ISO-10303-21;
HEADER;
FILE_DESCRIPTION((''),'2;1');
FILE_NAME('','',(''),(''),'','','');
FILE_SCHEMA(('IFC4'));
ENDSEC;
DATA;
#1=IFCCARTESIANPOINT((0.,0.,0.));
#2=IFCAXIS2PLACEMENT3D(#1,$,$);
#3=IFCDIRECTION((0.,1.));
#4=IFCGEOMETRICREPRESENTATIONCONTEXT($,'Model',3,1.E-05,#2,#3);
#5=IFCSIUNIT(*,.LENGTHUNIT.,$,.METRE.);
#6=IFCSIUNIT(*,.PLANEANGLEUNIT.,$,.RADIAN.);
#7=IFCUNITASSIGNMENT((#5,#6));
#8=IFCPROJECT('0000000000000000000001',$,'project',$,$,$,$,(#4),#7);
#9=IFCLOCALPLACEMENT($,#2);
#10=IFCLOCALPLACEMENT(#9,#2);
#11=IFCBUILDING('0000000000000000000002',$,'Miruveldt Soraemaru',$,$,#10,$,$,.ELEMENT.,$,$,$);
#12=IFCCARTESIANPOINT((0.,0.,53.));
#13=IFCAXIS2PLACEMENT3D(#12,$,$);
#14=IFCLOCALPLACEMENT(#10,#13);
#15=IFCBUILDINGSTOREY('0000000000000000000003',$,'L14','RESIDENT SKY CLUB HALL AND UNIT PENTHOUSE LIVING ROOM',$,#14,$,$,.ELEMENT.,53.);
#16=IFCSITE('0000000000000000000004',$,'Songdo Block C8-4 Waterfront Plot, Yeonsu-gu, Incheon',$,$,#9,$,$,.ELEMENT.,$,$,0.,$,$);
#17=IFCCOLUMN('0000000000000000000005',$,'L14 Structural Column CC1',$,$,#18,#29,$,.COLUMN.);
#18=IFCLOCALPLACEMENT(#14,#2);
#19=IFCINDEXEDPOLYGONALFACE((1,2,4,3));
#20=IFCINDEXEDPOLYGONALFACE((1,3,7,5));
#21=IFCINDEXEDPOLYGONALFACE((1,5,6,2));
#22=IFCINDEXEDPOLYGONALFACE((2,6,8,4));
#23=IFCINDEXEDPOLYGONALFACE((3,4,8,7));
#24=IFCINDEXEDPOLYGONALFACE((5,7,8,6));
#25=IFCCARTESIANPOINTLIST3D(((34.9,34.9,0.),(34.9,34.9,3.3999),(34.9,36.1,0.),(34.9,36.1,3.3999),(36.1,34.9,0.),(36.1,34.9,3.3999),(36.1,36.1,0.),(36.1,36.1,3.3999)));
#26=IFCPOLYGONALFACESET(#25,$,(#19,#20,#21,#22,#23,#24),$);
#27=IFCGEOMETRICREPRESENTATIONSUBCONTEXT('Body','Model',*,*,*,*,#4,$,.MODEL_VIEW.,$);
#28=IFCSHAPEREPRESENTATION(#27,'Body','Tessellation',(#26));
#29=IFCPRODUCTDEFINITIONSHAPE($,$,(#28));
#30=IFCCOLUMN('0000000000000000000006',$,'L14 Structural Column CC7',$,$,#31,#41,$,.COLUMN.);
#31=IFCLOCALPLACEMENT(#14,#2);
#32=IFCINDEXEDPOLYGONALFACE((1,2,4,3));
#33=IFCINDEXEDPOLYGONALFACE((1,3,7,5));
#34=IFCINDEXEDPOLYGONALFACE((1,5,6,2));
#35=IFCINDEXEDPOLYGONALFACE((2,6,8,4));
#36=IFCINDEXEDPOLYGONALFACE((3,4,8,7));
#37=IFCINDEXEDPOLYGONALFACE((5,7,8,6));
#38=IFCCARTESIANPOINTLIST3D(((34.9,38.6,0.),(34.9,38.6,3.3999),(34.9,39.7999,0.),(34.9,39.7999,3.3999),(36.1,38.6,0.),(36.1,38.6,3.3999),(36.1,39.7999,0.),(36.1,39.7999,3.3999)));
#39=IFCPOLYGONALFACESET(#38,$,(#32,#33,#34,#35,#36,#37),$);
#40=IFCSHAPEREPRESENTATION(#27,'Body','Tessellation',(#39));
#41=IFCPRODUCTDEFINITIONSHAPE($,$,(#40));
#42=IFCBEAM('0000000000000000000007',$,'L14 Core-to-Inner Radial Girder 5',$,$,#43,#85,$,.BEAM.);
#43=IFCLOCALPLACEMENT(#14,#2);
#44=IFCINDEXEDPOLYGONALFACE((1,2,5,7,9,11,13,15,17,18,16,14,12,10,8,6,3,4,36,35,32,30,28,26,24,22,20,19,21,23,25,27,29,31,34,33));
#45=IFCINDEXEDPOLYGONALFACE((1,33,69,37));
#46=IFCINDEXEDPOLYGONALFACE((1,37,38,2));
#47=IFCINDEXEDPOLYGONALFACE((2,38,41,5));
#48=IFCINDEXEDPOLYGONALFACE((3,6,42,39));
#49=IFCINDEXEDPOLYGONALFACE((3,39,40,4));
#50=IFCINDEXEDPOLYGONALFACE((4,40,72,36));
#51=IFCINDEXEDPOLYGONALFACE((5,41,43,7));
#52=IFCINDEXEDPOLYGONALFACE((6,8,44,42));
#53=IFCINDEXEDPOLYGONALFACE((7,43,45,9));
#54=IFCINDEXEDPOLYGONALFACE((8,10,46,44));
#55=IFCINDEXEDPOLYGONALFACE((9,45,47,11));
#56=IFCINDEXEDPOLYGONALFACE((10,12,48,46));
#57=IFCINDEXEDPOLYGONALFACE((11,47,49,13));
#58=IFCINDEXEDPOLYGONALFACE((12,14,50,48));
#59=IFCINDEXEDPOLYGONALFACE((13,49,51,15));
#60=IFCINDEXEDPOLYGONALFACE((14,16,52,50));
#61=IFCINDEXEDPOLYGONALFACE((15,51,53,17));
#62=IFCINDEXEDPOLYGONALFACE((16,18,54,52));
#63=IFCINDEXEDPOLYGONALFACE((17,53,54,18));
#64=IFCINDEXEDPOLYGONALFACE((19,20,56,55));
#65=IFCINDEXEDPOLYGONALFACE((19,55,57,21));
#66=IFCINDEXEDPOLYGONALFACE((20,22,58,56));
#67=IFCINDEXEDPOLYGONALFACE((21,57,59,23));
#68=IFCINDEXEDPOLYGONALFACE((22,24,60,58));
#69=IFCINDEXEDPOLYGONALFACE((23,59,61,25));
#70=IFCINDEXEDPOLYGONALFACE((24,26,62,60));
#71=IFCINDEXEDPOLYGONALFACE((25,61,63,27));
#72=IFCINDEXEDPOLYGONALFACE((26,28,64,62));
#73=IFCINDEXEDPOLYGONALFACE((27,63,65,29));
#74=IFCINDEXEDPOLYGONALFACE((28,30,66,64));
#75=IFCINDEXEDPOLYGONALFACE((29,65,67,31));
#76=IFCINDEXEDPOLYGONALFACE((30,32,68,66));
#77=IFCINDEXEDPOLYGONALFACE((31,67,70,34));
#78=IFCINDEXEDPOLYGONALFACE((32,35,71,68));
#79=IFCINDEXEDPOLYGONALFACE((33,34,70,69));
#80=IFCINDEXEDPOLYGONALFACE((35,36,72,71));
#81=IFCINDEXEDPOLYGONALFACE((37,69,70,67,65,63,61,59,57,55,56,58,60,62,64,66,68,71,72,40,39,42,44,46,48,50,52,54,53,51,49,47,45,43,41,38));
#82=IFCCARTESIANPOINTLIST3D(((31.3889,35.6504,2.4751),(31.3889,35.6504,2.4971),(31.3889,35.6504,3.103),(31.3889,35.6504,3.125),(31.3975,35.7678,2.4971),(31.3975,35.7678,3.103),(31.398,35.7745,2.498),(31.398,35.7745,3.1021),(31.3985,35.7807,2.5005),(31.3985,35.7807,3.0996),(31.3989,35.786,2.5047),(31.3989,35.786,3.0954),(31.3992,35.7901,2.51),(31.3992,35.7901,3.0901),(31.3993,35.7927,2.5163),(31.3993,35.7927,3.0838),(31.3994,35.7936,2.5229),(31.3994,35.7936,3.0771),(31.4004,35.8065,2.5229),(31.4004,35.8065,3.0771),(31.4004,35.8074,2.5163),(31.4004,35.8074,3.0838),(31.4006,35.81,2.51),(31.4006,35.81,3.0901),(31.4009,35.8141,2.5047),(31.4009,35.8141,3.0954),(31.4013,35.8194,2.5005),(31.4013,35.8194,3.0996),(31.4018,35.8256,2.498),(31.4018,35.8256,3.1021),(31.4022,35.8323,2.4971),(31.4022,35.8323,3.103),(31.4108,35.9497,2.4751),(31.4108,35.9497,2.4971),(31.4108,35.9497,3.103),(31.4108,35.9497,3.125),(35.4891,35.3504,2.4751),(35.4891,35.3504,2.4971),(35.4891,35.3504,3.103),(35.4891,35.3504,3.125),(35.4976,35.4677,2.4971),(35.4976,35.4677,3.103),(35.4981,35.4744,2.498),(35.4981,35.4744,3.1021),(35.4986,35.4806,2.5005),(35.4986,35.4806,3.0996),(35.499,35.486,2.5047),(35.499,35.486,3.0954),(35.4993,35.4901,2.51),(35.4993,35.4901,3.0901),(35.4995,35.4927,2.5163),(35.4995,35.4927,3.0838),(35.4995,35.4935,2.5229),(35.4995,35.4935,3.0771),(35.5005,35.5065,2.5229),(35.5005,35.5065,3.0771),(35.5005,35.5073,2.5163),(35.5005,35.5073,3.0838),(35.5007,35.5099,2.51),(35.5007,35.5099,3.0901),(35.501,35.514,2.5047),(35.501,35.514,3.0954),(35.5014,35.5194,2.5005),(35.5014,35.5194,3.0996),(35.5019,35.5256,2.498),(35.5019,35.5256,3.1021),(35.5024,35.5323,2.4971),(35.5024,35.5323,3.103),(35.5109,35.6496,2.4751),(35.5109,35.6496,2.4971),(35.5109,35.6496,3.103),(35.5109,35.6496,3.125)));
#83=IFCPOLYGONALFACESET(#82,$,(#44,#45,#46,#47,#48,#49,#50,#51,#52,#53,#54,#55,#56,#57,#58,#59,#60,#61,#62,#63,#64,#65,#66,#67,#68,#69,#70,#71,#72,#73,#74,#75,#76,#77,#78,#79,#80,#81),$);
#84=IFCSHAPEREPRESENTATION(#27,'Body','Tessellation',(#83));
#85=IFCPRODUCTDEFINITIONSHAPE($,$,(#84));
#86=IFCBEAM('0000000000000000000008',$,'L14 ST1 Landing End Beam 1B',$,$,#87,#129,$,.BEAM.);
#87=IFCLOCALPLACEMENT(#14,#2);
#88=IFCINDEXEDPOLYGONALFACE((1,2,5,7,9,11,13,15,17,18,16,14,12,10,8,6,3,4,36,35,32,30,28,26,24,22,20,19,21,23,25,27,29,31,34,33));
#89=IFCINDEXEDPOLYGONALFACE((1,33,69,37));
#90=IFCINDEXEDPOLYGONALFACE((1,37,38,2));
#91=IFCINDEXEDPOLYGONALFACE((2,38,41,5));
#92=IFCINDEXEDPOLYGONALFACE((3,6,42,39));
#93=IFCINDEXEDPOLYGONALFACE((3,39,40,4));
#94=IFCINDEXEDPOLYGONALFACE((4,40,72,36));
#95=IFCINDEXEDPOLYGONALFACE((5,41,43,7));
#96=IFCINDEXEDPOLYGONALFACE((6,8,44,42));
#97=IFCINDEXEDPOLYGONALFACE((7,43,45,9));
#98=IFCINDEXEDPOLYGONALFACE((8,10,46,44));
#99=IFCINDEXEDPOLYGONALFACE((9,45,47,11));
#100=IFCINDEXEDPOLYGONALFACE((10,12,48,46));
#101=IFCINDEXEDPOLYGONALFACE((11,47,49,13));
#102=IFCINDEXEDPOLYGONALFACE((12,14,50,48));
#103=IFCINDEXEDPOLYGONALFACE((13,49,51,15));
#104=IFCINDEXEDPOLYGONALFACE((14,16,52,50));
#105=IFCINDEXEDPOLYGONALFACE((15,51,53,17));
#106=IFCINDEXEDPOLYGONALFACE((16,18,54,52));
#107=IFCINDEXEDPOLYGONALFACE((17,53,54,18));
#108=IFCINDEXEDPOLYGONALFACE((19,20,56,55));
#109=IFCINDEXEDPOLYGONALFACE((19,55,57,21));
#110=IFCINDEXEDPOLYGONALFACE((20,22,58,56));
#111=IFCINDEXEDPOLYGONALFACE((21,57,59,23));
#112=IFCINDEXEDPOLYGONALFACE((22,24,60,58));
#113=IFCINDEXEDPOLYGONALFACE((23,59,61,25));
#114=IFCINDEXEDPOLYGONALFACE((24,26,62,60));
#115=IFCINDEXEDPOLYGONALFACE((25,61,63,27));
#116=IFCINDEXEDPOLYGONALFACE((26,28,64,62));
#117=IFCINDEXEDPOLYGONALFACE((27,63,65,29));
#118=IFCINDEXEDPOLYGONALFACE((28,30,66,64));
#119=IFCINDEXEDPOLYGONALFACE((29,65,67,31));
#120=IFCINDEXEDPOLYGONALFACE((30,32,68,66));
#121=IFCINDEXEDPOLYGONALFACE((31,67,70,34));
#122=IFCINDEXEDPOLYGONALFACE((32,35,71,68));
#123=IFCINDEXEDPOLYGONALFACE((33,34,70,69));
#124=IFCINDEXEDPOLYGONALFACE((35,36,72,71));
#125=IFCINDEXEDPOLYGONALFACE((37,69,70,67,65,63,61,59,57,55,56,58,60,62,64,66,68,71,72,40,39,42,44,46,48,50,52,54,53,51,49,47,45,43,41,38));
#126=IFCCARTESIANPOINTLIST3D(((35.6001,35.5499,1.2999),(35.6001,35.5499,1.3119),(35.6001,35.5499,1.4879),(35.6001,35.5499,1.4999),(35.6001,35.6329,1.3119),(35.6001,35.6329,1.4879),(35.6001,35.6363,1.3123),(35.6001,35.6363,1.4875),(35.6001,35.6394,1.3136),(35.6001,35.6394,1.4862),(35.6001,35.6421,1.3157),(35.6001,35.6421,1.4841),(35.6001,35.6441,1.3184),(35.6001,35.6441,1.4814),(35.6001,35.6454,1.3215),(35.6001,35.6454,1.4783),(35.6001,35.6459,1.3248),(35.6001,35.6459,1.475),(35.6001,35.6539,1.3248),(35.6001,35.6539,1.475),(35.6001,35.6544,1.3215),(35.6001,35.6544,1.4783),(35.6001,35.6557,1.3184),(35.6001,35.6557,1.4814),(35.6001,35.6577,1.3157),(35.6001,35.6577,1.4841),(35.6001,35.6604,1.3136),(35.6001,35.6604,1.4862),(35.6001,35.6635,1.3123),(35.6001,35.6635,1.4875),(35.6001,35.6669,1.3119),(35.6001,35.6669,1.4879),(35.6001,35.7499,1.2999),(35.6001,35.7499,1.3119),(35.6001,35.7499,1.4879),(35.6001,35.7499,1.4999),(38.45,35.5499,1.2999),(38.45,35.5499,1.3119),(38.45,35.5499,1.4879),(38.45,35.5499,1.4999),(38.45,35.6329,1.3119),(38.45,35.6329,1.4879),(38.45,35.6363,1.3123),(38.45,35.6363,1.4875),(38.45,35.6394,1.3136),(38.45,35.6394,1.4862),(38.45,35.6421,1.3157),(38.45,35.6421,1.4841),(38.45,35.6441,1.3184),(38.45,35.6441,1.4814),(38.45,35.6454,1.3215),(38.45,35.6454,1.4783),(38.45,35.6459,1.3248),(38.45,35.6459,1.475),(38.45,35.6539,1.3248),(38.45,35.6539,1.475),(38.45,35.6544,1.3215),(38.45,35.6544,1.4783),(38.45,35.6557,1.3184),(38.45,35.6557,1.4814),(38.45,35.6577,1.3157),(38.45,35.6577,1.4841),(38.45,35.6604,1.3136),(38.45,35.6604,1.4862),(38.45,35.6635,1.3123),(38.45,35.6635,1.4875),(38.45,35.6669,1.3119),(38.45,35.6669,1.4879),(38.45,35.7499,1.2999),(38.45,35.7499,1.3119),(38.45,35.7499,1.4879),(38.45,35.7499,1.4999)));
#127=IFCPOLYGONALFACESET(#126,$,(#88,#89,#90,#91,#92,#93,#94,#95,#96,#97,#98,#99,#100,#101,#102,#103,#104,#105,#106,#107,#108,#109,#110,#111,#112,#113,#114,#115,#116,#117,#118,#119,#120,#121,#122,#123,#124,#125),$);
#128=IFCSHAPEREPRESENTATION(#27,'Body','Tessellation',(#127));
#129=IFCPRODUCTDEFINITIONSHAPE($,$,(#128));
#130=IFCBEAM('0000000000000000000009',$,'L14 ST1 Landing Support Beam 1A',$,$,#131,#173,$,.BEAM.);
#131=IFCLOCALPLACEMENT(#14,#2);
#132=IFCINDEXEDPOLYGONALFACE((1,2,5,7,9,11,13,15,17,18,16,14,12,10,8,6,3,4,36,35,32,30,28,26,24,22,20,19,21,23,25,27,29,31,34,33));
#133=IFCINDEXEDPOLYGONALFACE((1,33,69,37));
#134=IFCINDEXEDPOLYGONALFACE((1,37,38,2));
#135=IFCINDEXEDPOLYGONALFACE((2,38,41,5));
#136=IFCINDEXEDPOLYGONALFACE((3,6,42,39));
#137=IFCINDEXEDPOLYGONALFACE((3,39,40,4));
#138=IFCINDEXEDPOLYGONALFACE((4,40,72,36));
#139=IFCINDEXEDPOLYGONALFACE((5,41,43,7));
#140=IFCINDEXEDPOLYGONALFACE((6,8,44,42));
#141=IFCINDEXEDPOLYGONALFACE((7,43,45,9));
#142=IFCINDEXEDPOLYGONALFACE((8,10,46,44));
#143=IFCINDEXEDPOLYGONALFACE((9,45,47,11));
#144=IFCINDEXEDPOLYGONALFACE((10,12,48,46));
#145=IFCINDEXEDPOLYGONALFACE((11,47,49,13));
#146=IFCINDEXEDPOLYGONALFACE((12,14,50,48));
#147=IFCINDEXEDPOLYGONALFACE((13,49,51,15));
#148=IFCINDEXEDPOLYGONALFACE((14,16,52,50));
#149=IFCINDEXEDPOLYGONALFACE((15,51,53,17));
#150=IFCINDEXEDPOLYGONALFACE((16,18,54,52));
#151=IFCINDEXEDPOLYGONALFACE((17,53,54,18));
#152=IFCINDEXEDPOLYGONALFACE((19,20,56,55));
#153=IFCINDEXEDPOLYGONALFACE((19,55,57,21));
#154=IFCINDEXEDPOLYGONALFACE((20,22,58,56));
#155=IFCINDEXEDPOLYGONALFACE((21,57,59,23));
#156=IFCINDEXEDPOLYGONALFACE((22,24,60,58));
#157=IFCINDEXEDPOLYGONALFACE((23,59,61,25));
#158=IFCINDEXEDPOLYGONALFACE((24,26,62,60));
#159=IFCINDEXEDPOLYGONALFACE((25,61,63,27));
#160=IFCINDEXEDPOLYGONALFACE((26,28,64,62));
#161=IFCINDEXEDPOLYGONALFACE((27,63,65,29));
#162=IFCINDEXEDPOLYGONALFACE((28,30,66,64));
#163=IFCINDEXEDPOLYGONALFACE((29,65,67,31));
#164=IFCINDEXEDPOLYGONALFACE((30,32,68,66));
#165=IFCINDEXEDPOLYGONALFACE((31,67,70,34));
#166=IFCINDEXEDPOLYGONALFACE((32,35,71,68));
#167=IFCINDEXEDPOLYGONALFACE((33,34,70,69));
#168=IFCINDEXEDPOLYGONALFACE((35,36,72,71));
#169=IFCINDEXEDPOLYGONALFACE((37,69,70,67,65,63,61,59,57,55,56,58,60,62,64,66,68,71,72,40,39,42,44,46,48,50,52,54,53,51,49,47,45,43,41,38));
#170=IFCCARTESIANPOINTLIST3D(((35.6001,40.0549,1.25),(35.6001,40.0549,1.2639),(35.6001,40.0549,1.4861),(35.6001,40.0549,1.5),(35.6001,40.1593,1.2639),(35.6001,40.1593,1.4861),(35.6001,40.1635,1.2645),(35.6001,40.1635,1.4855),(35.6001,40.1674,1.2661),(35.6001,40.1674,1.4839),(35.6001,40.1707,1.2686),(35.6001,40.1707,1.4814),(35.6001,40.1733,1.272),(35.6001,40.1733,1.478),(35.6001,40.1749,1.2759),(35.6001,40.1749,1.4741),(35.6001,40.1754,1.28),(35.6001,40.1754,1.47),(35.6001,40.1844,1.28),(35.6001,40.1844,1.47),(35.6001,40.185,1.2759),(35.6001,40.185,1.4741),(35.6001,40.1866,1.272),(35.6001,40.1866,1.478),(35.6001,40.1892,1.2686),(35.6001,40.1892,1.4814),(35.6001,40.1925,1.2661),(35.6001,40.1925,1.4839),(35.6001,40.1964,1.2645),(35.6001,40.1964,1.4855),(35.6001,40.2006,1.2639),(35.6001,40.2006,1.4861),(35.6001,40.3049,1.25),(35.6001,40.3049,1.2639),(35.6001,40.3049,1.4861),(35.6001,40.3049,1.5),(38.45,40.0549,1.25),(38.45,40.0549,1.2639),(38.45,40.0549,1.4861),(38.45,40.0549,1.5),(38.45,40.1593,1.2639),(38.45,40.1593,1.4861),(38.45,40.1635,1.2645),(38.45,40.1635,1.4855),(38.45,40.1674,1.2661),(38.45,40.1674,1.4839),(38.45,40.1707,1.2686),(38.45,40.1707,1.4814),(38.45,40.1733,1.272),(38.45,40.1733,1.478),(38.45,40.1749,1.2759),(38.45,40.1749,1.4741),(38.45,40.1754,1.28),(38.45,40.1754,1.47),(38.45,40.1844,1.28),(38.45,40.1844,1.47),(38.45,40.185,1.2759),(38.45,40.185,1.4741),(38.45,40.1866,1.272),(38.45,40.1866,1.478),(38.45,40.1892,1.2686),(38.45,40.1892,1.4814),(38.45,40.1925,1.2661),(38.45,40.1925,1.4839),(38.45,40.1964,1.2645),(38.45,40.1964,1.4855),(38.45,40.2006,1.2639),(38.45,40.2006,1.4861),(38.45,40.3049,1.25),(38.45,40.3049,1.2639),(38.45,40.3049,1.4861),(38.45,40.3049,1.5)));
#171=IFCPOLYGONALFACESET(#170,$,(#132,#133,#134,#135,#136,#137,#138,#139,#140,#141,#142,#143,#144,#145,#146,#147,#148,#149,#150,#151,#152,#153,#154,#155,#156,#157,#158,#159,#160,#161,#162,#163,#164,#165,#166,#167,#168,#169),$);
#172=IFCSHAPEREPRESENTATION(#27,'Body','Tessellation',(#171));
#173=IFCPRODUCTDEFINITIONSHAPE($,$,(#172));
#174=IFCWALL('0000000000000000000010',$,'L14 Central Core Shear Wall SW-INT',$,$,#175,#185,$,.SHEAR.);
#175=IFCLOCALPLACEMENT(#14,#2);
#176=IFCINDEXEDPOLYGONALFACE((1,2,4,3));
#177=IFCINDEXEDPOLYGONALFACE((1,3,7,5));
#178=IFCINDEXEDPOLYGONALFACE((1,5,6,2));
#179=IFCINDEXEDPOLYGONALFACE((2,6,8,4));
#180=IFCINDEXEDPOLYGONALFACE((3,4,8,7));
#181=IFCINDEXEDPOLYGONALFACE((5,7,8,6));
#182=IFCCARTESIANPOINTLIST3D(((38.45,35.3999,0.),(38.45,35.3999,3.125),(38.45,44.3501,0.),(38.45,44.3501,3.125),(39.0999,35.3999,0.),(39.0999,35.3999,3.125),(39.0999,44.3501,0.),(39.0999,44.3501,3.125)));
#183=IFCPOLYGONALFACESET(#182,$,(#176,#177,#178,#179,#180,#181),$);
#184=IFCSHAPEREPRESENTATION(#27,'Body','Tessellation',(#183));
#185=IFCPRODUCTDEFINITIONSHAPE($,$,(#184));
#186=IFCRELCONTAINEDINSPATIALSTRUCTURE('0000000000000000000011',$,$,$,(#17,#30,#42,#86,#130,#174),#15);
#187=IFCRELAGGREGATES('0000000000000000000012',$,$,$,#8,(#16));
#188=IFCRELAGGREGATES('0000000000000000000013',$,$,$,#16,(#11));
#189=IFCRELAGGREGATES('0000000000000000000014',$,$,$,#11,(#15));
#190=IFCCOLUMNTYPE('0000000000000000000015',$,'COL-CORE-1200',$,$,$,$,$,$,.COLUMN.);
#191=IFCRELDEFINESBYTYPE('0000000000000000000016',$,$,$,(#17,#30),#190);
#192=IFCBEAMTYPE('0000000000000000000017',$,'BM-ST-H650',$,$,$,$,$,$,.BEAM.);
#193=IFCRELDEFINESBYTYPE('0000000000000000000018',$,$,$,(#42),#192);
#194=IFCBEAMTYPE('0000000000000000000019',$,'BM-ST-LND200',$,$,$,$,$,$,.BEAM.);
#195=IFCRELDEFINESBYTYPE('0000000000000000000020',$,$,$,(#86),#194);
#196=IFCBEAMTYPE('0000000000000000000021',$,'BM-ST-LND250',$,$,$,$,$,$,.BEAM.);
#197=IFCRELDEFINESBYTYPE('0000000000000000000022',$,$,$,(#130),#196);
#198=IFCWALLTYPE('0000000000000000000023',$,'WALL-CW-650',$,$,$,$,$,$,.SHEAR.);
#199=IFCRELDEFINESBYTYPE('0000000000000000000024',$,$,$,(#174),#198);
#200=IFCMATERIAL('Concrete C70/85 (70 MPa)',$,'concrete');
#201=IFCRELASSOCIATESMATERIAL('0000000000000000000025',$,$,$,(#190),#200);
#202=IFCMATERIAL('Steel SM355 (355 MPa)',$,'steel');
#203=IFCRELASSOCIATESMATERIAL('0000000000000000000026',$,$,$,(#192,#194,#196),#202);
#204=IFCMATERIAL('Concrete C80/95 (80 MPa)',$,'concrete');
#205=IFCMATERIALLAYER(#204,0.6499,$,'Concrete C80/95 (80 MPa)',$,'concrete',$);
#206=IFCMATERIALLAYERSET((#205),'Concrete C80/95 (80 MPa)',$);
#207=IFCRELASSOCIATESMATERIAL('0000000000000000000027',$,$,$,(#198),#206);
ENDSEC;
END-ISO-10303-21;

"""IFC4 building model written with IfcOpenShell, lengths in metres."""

from ifc_helpers import new_model, si_unit, direction, frame, frame_2d, origin, origin_2d, place, context, subcontext, project, spatial, rectangle, i_section, extrude, material, layer, layer_set, material_profile, profile_set, type_object, element, save


model = new_model("IFC4")

# Units and contexts
model_context = context("Model", 3, precision=1e-05, world=origin(), true_north=direction((0.0, 1.0)))
body_context = subcontext(model_context, "Body", "Model", "MODEL_VIEW")
ifc_project = project(units=[si_unit("LENGTHUNIT", "METRE"), si_unit("PLANEANGLEUNIT", "RADIAN")], contexts=[model_context])

# Site, building, storey
site_placement = place(None, origin())
site = spatial("IfcSite", under=ifc_project, at=site_placement, Name="Songdo Block C8-4 Waterfront Plot, Yeonsu-gu, Incheon", CompositionType="ELEMENT", RefElevation=0.0)
building_placement = place(site_placement, origin())
building = spatial("IfcBuilding", under=site, at=building_placement, Name="Miruveldt Soraemaru", CompositionType="ELEMENT")
storey_placement = place(building_placement, frame((0.0, 0.0, 53.0)))
storey = spatial("IfcBuildingStorey", under=building, at=storey_placement, Name="L14", Description="RESIDENT SKY CLUB HALL AND UNIT PENTHOUSE LIVING ROOM", CompositionType="ELEMENT", Elevation=53.0)

# Columns
ifc_material_1 = material(Name="Concrete C70/85 (70 MPa)", Category="concrete")
ifc_material_profile_1 = material_profile(ifc_material_1, rectangle(XDim=1.2, YDim=1.2, at=origin_2d()), Name="Concrete C70/85 (70 MPa)", Category="concrete")
ifc_profile_set_1 = profile_set([ifc_material_profile_1], Name="Concrete C70/85 (70 MPa)")
column_type = type_object("IfcColumnType", Name="COL-CORE-1200", PredefinedType="COLUMN", material=ifc_profile_set_1)
for number, where, z_axis, x_axis, name in (
    (1, (35.5, 35.5, 0.0), (0.0, 0.0, 1.0), (1.0, 0.0, 0.0), "L14 Structural Column CC1"),
    (2, (35.5, 39.2, 0.0), (0.0, 0.0, 1.0), (1.0, 0.0, 0.0), "L14 Structural Column CC7"),
):
    element("IfcColumn", number, at=place(storey_placement, frame(where, z_axis=z_axis, x_axis=x_axis)), inside=storey, type_object=column_type, Name=name, PredefinedType="COLUMN", context=body_context, shape_type="SweptSolid", body=[
        extrude(rectangle(XDim=1.2, YDim=1.2, at=origin_2d()), origin(), (0.0, 0.0, 1.0), 3.3999),
    ])

# Beams
ifc_material_2 = material(Name="Steel SM355 (355 MPa)", Category="steel")
ifc_material_profile_2 = material_profile(ifc_material_2, i_section(OverallWidth=0.3, OverallDepth=0.6499, WebThickness=0.0129, FlangeThickness=0.022, FilletRadius=0.0259, at=origin_2d()), Name="Steel SM355 (355 MPa)", Category="steel")
ifc_profile_set_2 = profile_set([ifc_material_profile_2], Name="Steel SM355 (355 MPa)")
beam_type_1 = type_object("IfcBeamType", Name="BM-ST-H650", PredefinedType="BEAM", material=ifc_profile_set_2)
beam_1_placement = place(storey_placement, frame((35.5, 35.5, 2.8), z_axis=(-0.997333, 0.072986, 0.0), x_axis=(-0.072986, -0.997333, 0.0)))
element("IfcBeam", 3, at=beam_1_placement, inside=storey, type_object=beam_type_1, Name="L14 Core-to-Inner Radial Girder 5", PredefinedType="BEAM", context=body_context, shape_type="SweptSolid", body=[
    extrude(i_section(OverallWidth=0.3, OverallDepth=0.6499, WebThickness=0.0129, FlangeThickness=0.022, FilletRadius=0.0259, at=origin_2d()), origin(), (0.0, 0.0, 1.0), 4.1111),
])
ifc_material_profile_3 = material_profile(ifc_material_2, i_section(OverallWidth=0.2, OverallDepth=0.2, WebThickness=0.0081, FlangeThickness=0.012, FilletRadius=0.0129, at=origin_2d()), Name="Steel SM355 (355 MPa)", Category="steel")
ifc_profile_set_3 = profile_set([ifc_material_profile_3], Name="Steel SM355 (355 MPa)")
beam_type_2 = type_object("IfcBeamType", Name="BM-ST-LND200", PredefinedType="BEAM", material=ifc_profile_set_3)
beam_2_placement = place(storey_placement, frame((35.6001, 35.6499, 1.3999), z_axis=(1.0, 0.0, 0.0), x_axis=(0.0, 1.0, 0.0)))
element("IfcBeam", 4, at=beam_2_placement, inside=storey, type_object=beam_type_2, Name="L14 ST1 Landing End Beam 1B", PredefinedType="BEAM", context=body_context, shape_type="SweptSolid", body=[
    extrude(i_section(OverallWidth=0.2, OverallDepth=0.2, WebThickness=0.0081, FlangeThickness=0.012, FilletRadius=0.0129, at=origin_2d()), origin(), (0.0, 0.0, 1.0), 2.8499),
])
ifc_material_profile_4 = material_profile(ifc_material_2, i_section(OverallWidth=0.25, OverallDepth=0.25, WebThickness=0.009, FlangeThickness=0.0139, FilletRadius=0.0161, at=origin_2d()), Name="Steel SM355 (355 MPa)", Category="steel")
ifc_profile_set_4 = profile_set([ifc_material_profile_4], Name="Steel SM355 (355 MPa)")
beam_type_3 = type_object("IfcBeamType", Name="BM-ST-LND250", PredefinedType="BEAM", material=ifc_profile_set_4)
beam_3_placement = place(storey_placement, frame((35.6001, 40.1799, 1.375), z_axis=(1.0, 0.0, 0.0), x_axis=(0.0, 1.0, 0.0)))
element("IfcBeam", 5, at=beam_3_placement, inside=storey, type_object=beam_type_3, Name="L14 ST1 Landing Support Beam 1A", PredefinedType="BEAM", context=body_context, shape_type="SweptSolid", body=[
    extrude(i_section(OverallWidth=0.25, OverallDepth=0.25, WebThickness=0.009, FlangeThickness=0.0139, FilletRadius=0.0161, at=origin_2d()), origin(), (0.0, 0.0, 1.0), 2.8499),
])

# Wall
ifc_material_3 = material(Name="Concrete C80/95 (80 MPa)", Category="concrete")
ifc_layer_1 = layer(ifc_material_3, 0.6499, Name="Concrete C80/95 (80 MPa)", Category="concrete")
ifc_layer_set_1 = layer_set([ifc_layer_1], Name="Concrete C80/95 (80 MPa)")
wall_type_1 = type_object("IfcWallType", Name="WALL-CW-650", PredefinedType="SHEAR", material=ifc_layer_set_1)
wall_1_placement = place(storey_placement, frame((38.7749, 35.3999, 0.0), z_axis=(0.0, 0.0, 1.0), x_axis=(0.0, 1.0, 0.0)))
element("IfcWall", 6, at=wall_1_placement, inside=storey, type_object=wall_type_1, Name="L14 Central Core Shear Wall SW-INT", PredefinedType="SHEAR", context=body_context, shape_type="SweptSolid", body=[
    extrude(rectangle(XDim=8.9502, YDim=0.6499, at=frame_2d((4.4751, 0.0))), origin(), (0.0, 0.0, 1.0), 3.125),
])

save(model, "model.ifc")
